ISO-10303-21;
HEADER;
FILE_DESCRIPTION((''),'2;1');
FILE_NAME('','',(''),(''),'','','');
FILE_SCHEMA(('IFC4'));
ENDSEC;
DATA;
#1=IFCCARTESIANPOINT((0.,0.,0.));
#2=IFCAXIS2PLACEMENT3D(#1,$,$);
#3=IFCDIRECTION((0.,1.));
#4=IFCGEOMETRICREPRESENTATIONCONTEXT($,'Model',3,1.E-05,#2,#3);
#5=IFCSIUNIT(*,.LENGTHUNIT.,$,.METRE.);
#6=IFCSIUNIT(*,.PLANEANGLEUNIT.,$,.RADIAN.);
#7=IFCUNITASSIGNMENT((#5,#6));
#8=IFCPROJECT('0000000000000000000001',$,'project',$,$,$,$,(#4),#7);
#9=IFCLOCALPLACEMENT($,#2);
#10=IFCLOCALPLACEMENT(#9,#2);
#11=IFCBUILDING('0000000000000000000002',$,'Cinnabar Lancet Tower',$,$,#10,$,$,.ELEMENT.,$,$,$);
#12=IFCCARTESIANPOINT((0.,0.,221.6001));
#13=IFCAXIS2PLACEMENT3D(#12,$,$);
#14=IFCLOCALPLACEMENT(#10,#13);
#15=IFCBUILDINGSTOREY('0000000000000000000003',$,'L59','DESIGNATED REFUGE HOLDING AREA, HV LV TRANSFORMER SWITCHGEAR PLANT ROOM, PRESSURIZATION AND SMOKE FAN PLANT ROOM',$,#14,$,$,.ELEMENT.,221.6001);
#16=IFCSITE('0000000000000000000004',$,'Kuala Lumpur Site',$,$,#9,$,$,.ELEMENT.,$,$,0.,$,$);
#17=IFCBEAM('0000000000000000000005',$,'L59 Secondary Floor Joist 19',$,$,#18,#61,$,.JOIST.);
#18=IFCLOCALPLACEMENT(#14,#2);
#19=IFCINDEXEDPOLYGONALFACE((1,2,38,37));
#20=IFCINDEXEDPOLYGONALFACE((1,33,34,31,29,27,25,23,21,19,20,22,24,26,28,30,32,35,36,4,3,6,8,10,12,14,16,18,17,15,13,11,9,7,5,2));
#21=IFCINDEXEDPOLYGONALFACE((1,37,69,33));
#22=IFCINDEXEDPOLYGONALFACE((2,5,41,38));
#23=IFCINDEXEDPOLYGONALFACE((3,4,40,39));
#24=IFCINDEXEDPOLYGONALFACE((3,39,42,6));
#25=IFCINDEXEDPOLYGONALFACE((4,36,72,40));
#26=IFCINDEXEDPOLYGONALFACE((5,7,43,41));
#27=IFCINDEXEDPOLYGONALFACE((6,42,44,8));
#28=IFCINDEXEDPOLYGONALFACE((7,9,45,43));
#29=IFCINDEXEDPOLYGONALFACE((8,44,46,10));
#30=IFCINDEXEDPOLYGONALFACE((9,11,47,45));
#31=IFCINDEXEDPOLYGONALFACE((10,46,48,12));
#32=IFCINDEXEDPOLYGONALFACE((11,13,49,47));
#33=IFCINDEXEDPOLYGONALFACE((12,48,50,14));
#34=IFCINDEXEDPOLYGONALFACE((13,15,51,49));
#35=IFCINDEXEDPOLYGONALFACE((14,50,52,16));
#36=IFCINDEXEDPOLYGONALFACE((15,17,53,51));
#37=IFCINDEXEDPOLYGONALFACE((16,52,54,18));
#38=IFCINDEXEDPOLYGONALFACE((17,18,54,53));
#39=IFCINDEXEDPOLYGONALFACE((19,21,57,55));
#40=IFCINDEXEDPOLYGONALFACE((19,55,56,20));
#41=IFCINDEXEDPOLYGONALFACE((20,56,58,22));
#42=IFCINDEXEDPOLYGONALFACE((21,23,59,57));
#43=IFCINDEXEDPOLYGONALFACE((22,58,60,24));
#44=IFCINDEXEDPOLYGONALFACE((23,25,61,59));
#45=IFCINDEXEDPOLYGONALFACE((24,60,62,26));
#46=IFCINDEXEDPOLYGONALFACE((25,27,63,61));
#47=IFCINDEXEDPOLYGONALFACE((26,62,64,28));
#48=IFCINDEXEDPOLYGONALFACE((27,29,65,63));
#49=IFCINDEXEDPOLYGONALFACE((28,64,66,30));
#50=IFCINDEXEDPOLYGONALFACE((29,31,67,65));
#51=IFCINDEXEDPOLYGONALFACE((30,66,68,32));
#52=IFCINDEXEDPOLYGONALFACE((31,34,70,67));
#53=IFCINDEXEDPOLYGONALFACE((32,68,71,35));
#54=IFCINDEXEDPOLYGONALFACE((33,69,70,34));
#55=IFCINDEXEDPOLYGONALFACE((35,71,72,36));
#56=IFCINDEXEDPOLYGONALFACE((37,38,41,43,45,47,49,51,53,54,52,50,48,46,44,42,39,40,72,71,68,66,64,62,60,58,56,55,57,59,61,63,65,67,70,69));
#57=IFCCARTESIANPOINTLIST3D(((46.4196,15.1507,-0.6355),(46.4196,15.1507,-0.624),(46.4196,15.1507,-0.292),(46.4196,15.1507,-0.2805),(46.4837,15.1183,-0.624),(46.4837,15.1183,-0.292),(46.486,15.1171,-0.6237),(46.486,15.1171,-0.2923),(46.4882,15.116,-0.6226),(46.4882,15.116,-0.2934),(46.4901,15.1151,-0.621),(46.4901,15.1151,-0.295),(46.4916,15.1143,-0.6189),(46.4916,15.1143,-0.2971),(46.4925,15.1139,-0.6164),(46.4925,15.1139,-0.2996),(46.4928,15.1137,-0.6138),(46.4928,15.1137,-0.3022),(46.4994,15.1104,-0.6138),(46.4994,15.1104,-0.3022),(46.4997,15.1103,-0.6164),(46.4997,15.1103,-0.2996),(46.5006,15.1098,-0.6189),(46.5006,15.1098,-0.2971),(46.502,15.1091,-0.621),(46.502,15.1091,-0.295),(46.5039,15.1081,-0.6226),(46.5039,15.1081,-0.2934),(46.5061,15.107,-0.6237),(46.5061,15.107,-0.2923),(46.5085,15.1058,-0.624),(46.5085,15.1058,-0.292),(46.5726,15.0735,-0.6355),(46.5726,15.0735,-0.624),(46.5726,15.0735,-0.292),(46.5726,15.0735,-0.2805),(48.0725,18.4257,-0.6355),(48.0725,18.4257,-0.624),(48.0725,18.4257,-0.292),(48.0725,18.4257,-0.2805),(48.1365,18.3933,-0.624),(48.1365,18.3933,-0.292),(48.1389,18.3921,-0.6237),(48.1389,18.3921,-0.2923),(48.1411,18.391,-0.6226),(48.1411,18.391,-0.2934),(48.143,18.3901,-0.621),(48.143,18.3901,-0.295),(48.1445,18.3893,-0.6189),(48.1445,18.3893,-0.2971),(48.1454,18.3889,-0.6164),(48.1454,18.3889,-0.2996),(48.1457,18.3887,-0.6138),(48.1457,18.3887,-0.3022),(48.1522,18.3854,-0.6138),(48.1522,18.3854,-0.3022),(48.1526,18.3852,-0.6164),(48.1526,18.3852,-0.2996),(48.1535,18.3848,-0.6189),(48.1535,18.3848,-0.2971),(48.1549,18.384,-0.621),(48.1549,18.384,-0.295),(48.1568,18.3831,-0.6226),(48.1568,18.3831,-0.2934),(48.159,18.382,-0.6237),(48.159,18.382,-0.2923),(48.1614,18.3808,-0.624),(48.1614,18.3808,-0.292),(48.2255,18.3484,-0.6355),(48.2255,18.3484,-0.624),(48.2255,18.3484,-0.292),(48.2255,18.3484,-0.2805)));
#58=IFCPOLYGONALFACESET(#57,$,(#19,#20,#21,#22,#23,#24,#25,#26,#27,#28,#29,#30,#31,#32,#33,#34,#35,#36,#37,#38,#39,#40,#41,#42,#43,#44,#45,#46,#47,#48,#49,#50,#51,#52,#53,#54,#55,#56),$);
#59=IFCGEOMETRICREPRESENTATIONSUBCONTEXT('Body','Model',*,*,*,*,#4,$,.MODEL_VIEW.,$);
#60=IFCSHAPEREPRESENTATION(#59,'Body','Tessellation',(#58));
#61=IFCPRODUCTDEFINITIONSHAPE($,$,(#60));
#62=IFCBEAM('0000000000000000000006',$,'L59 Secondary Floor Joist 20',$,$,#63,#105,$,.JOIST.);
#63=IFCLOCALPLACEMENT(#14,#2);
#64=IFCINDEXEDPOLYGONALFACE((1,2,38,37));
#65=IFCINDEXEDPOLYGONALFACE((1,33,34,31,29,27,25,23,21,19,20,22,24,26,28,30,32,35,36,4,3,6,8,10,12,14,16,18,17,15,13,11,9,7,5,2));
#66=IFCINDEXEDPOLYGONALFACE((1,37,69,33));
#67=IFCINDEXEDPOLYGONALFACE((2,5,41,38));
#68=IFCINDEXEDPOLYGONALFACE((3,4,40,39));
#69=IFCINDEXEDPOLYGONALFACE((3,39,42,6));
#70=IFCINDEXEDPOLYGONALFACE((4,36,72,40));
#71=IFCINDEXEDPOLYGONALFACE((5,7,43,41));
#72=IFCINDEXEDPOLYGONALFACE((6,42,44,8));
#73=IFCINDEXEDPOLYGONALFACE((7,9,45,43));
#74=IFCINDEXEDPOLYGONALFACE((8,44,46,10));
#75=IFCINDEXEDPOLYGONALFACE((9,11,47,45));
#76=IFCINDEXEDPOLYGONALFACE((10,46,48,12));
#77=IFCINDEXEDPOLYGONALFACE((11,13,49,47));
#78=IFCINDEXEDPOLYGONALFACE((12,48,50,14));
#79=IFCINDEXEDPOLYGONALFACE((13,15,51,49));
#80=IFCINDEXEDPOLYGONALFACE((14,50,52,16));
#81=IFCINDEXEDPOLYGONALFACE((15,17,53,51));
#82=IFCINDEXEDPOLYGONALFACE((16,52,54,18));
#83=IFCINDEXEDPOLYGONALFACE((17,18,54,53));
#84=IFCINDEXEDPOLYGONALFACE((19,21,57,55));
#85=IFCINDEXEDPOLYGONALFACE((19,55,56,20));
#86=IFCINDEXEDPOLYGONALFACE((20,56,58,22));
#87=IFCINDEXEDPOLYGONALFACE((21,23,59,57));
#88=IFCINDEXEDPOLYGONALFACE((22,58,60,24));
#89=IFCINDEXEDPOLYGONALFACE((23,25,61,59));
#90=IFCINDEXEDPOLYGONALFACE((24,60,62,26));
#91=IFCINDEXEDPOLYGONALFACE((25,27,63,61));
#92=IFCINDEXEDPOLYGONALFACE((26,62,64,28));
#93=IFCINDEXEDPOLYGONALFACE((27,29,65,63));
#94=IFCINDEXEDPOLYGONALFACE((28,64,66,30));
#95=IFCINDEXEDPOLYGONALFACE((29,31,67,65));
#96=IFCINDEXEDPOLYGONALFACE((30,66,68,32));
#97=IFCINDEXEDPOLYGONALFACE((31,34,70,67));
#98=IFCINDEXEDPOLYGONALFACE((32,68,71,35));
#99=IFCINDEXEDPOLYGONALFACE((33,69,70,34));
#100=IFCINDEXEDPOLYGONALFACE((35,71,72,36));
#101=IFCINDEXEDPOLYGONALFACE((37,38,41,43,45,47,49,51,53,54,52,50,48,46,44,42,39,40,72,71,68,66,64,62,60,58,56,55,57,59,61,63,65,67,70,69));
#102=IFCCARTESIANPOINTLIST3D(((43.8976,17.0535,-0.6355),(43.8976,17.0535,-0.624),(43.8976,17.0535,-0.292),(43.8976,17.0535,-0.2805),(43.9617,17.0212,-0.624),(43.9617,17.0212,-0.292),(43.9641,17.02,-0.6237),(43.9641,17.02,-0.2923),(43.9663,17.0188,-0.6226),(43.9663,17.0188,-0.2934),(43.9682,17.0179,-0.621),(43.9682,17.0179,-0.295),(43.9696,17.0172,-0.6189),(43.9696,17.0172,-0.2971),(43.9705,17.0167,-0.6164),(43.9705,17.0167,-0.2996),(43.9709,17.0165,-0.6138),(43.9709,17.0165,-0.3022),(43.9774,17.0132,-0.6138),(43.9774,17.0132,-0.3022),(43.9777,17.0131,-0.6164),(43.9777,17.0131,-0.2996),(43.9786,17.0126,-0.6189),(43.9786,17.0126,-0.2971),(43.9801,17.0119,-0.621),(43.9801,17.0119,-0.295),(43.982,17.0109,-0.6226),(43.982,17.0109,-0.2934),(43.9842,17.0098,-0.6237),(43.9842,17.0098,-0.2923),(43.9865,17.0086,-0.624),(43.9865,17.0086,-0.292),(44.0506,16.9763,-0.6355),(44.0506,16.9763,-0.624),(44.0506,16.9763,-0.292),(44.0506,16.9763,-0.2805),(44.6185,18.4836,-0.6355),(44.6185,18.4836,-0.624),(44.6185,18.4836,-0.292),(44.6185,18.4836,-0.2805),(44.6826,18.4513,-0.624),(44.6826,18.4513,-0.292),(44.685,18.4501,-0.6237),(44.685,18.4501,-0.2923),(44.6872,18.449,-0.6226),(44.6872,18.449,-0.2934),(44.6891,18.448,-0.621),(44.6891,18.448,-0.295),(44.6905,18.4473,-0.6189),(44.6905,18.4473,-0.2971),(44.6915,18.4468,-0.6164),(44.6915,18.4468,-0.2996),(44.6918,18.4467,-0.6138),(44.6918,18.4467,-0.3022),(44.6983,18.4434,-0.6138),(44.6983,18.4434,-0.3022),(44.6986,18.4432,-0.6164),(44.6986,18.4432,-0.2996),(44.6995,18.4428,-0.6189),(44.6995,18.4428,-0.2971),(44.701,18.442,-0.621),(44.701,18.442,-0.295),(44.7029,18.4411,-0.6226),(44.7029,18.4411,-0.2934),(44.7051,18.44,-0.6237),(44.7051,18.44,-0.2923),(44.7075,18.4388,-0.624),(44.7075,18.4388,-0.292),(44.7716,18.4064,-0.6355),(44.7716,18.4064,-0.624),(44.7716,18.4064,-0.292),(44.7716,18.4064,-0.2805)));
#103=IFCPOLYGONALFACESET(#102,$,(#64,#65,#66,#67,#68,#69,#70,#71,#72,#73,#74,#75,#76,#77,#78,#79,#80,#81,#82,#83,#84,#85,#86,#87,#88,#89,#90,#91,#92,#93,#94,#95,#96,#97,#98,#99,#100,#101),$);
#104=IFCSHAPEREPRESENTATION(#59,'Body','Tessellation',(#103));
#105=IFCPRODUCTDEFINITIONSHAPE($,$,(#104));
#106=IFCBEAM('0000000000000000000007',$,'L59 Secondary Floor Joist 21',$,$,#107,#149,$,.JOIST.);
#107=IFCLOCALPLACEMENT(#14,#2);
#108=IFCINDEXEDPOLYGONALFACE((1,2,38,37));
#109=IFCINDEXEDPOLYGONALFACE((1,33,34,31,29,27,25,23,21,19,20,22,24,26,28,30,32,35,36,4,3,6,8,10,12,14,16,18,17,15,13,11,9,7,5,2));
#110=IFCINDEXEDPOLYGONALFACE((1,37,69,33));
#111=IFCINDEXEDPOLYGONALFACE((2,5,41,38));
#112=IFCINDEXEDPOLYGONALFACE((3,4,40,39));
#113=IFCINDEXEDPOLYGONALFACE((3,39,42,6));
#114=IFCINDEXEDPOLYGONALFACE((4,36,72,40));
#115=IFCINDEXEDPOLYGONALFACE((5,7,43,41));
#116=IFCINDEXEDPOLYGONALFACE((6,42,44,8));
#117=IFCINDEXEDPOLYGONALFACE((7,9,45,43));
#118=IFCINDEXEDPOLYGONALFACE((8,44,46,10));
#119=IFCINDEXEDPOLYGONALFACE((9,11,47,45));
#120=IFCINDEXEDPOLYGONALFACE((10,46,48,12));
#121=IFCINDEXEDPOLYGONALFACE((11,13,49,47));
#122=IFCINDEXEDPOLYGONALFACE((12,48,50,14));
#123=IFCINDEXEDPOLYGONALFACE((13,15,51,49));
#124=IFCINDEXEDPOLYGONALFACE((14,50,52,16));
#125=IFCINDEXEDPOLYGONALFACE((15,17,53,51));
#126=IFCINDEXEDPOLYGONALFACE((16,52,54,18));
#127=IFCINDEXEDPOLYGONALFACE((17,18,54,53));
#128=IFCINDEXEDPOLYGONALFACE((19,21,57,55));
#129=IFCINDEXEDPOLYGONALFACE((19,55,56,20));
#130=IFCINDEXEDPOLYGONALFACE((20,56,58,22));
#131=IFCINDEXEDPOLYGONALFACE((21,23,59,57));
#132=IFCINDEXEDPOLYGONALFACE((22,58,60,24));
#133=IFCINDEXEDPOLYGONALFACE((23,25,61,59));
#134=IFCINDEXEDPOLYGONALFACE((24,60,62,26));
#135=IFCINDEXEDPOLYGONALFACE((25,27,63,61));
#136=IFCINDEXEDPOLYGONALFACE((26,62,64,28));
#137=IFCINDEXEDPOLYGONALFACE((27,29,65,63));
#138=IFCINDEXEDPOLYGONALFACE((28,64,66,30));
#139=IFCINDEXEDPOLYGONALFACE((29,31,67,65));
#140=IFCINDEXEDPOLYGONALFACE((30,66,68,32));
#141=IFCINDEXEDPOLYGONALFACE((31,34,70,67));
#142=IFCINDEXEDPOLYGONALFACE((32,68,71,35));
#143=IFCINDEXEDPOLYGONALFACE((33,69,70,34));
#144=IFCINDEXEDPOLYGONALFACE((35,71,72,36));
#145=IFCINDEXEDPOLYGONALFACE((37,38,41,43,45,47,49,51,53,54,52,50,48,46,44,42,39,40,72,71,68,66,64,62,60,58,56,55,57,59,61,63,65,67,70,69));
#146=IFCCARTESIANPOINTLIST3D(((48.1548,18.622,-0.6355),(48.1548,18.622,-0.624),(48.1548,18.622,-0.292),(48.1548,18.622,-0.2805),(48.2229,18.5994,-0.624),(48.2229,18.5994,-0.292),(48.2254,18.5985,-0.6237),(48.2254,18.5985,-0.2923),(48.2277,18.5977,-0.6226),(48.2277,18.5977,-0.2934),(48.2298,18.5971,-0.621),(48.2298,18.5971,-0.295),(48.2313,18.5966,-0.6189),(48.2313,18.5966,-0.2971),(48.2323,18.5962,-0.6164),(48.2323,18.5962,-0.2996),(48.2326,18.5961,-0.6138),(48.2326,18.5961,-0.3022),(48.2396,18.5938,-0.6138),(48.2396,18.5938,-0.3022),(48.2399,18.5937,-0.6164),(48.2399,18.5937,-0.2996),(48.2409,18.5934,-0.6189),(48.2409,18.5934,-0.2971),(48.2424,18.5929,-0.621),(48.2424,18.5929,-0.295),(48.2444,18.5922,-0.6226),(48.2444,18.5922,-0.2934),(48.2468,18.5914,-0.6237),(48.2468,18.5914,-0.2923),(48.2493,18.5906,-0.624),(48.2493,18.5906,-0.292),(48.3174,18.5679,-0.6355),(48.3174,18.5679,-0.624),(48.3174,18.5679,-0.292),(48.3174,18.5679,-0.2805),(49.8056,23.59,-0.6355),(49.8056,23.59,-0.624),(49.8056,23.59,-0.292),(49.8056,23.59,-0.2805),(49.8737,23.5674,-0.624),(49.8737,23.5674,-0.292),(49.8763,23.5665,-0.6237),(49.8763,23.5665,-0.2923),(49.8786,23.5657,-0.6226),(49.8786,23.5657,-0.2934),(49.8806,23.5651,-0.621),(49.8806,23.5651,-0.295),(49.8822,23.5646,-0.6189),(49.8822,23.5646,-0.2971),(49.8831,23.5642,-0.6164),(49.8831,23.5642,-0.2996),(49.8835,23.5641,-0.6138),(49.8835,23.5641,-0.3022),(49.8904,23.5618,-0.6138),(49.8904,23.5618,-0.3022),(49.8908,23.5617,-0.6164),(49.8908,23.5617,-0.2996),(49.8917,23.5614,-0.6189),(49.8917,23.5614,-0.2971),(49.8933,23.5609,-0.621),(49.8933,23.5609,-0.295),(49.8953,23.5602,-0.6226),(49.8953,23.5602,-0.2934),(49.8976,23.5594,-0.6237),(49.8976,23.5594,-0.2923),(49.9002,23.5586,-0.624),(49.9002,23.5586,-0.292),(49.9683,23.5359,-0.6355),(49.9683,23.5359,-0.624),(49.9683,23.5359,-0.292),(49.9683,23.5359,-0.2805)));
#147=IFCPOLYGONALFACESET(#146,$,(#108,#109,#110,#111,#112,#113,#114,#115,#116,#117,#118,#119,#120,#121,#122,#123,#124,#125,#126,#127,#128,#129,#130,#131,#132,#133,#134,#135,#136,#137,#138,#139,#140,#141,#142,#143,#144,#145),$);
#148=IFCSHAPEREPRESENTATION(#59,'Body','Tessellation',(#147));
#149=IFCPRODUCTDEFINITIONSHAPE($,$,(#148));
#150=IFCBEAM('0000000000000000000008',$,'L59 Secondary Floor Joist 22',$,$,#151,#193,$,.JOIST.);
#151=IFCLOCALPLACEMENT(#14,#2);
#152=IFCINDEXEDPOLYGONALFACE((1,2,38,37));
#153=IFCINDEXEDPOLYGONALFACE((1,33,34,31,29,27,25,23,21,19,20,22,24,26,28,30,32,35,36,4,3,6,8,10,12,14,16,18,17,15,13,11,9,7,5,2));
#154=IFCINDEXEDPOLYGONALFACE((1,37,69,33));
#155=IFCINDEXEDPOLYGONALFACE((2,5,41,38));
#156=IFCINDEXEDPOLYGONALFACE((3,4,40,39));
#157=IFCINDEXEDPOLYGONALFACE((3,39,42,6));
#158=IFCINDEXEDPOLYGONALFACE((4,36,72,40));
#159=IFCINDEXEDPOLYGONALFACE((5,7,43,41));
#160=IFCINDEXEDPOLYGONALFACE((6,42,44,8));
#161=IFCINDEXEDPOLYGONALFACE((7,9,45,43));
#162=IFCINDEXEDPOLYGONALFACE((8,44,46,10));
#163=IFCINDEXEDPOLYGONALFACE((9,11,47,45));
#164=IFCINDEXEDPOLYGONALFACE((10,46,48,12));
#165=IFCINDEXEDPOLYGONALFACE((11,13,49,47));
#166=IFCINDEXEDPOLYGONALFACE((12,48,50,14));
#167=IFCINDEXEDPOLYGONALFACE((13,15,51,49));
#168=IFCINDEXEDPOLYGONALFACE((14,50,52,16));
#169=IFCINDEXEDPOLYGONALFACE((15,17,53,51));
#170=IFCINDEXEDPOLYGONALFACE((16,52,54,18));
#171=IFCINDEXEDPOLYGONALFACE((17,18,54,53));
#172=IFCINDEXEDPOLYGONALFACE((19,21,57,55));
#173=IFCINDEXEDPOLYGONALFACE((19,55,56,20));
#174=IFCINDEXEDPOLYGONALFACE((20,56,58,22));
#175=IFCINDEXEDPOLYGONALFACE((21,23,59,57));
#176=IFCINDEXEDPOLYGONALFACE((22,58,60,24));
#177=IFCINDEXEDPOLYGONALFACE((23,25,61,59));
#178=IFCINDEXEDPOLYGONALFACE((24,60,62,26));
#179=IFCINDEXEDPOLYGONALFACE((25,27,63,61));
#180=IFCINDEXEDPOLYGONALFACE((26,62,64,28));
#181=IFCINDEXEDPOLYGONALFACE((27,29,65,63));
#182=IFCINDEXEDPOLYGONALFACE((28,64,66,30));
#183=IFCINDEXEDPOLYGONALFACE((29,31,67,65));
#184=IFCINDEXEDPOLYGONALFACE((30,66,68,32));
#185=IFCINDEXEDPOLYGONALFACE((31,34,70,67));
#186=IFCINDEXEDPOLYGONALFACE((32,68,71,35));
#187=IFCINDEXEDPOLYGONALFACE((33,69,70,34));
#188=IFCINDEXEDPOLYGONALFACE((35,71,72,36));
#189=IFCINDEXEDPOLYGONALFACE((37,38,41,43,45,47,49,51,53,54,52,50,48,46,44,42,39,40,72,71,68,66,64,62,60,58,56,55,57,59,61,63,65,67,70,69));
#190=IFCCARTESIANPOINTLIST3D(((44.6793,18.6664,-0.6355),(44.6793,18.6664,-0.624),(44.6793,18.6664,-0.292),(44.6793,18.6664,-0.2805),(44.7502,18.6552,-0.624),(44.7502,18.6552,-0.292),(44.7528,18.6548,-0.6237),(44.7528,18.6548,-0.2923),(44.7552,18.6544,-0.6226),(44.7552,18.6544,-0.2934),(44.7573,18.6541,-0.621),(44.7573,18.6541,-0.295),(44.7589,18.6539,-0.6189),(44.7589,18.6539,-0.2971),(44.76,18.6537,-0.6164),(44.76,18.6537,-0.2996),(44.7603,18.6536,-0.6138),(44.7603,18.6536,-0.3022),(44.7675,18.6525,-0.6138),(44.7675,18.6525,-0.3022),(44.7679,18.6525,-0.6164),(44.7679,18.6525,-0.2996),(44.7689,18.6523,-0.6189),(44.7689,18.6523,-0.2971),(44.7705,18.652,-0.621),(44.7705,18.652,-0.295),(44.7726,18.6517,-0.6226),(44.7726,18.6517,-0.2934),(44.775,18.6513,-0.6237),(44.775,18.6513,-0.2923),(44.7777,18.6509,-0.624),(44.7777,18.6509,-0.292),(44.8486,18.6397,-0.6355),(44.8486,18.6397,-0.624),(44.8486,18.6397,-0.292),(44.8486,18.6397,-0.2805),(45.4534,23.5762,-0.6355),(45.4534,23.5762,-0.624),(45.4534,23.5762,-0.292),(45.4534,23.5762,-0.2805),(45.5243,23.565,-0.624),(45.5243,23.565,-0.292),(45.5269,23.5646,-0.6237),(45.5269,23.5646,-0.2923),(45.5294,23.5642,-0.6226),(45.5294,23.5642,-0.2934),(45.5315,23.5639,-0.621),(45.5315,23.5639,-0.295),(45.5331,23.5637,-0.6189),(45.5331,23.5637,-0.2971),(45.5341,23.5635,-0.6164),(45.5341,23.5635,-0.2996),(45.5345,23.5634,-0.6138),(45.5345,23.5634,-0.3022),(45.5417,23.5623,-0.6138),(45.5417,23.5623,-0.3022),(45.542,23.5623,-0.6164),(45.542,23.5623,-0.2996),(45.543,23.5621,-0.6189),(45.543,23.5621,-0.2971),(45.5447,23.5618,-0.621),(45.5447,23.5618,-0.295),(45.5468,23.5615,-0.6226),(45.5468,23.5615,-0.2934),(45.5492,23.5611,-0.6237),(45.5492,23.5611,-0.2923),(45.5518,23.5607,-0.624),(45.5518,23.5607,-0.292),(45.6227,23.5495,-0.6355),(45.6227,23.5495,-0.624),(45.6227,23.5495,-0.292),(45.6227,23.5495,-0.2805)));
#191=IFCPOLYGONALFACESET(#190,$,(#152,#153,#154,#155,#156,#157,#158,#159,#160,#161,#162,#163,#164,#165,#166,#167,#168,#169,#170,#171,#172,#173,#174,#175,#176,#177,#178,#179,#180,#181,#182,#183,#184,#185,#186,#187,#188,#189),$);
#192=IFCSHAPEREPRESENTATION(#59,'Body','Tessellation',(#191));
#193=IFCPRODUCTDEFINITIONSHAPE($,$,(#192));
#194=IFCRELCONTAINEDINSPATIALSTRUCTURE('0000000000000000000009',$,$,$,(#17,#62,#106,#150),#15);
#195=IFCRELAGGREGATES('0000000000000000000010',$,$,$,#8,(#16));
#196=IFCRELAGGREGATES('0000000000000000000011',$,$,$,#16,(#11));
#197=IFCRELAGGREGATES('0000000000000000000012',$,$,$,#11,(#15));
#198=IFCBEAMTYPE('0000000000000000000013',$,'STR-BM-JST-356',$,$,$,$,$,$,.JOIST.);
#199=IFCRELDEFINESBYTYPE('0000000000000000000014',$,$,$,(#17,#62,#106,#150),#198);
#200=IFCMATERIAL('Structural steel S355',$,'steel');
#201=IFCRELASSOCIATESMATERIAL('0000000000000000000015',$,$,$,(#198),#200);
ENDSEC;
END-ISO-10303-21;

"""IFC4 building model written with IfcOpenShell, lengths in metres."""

from ifc_helpers import new_model, si_unit, direction, frame, origin, origin_2d, place, context, subcontext, project, spatial, i_section, extrude, material, material_profile, profile_set, type_object, element, save


model = new_model("IFC4")

# Units and contexts
model_context = context("Model", 3, precision=1e-05, world=origin(), true_north=direction((0.0, 1.0)))
body_context = subcontext(model_context, "Body", "Model", "MODEL_VIEW")
ifc_project = project(units=[si_unit("LENGTHUNIT", "METRE"), si_unit("PLANEANGLEUNIT", "RADIAN")], contexts=[model_context])

# Site, building, storey
site_placement = place(None, origin())
site = spatial("IfcSite", under=ifc_project, at=site_placement, Name="Kuala Lumpur Site", CompositionType="ELEMENT", RefElevation=0.0)
building_placement = place(site_placement, origin())
building = spatial("IfcBuilding", under=site, at=building_placement, Name="Cinnabar Lancet Tower", CompositionType="ELEMENT")
storey_placement = place(building_placement, frame((0.0, 0.0, 221.6001)))
storey = spatial("IfcBuildingStorey", under=building, at=storey_placement, Name="L59", Description="DESIGNATED REFUGE HOLDING AREA, HV LV TRANSFORMER SWITCHGEAR PLANT ROOM, PRESSURIZATION AND SMOKE FAN PLANT ROOM", CompositionType="ELEMENT", Elevation=221.6001)

# Beams
ifc_material_1 = material(Name="Structural steel S355", Category="steel")
ifc_material_profile_1 = material_profile(ifc_material_1, i_section(OverallWidth=0.1714, OverallDepth=0.355, WebThickness=0.0073, FlangeThickness=0.0115, FilletRadius=0.0103, at=origin_2d()), Name="UKB 356x171x51")
ifc_profile_set_1 = profile_set([ifc_material_profile_1], Name="Structural steel S355")
beam_type_1 = type_object("IfcBeamType", Name="STR-BM-JST-356", PredefinedType="JOIST", material=ifc_profile_set_1)
beam_1_placement = place(storey_placement, frame((46.4961, 15.1121, -0.458), z_axis=(0.450565, 0.892744, 0.0), x_axis=(-0.892744, 0.450565, 0.0)))
element("IfcBeam", 1, at=beam_1_placement, inside=storey, type_object=beam_type_1, Name="L59 Secondary Floor Joist 19", PredefinedType="JOIST", context=body_context, shape_type="SweptSolid", body=[
    extrude(i_section(OverallWidth=0.1714, OverallDepth=0.355, WebThickness=0.0073, FlangeThickness=0.0115, FilletRadius=0.0103, at=origin_2d()), origin(), (0.0, 0.0, 1.0), 3.6685),
])
beam_2_placement = place(storey_placement, frame((43.9741, 17.0149, -0.458), z_axis=(0.450138, 0.892959, 0.0), x_axis=(-0.892959, 0.450138, 0.0)))
element("IfcBeam", 2, at=beam_2_placement, inside=storey, type_object=beam_type_1, Name="L59 Secondary Floor Joist 20", PredefinedType="JOIST", context=body_context, shape_type="SweptSolid", body=[
    extrude(i_section(OverallWidth=0.1714, OverallDepth=0.355, WebThickness=0.0073, FlangeThickness=0.0115, FilletRadius=0.0103, at=origin_2d()), origin(), (0.0, 0.0, 1.0), 1.6016),
])
beam_3_placement = place(storey_placement, frame((48.2361, 18.595, -0.458), z_axis=(0.315346, 0.948977, 0.0), x_axis=(-0.948977, 0.315346, 0.0)))
element("IfcBeam", 3, at=beam_3_placement, inside=storey, type_object=beam_type_1, Name="L59 Secondary Floor Joist 21", PredefinedType="JOIST", context=body_context, shape_type="SweptSolid", body=[
    extrude(i_section(OverallWidth=0.1714, OverallDepth=0.355, WebThickness=0.0073, FlangeThickness=0.0115, FilletRadius=0.0103, at=origin_2d()), origin(), (0.0, 0.0, 1.0), 5.2351),
])
beam_4_placement = place(storey_placement, frame((44.7639, 18.6531, -0.458), z_axis=(0.155751, 0.987796, 0.0), x_axis=(-0.987796, 0.155751, 0.0)))
element("IfcBeam", 4, at=beam_4_placement, inside=storey, type_object=beam_type_1, Name="L59 Secondary Floor Joist 22", PredefinedType="JOIST", context=body_context, shape_type="SweptSolid", body=[
    extrude(i_section(OverallWidth=0.1714, OverallDepth=0.355, WebThickness=0.0073, FlangeThickness=0.0115, FilletRadius=0.0103, at=origin_2d()), origin(), (0.0, 0.0, 1.0), 4.9705),
])

save(model, "model.ifc")
